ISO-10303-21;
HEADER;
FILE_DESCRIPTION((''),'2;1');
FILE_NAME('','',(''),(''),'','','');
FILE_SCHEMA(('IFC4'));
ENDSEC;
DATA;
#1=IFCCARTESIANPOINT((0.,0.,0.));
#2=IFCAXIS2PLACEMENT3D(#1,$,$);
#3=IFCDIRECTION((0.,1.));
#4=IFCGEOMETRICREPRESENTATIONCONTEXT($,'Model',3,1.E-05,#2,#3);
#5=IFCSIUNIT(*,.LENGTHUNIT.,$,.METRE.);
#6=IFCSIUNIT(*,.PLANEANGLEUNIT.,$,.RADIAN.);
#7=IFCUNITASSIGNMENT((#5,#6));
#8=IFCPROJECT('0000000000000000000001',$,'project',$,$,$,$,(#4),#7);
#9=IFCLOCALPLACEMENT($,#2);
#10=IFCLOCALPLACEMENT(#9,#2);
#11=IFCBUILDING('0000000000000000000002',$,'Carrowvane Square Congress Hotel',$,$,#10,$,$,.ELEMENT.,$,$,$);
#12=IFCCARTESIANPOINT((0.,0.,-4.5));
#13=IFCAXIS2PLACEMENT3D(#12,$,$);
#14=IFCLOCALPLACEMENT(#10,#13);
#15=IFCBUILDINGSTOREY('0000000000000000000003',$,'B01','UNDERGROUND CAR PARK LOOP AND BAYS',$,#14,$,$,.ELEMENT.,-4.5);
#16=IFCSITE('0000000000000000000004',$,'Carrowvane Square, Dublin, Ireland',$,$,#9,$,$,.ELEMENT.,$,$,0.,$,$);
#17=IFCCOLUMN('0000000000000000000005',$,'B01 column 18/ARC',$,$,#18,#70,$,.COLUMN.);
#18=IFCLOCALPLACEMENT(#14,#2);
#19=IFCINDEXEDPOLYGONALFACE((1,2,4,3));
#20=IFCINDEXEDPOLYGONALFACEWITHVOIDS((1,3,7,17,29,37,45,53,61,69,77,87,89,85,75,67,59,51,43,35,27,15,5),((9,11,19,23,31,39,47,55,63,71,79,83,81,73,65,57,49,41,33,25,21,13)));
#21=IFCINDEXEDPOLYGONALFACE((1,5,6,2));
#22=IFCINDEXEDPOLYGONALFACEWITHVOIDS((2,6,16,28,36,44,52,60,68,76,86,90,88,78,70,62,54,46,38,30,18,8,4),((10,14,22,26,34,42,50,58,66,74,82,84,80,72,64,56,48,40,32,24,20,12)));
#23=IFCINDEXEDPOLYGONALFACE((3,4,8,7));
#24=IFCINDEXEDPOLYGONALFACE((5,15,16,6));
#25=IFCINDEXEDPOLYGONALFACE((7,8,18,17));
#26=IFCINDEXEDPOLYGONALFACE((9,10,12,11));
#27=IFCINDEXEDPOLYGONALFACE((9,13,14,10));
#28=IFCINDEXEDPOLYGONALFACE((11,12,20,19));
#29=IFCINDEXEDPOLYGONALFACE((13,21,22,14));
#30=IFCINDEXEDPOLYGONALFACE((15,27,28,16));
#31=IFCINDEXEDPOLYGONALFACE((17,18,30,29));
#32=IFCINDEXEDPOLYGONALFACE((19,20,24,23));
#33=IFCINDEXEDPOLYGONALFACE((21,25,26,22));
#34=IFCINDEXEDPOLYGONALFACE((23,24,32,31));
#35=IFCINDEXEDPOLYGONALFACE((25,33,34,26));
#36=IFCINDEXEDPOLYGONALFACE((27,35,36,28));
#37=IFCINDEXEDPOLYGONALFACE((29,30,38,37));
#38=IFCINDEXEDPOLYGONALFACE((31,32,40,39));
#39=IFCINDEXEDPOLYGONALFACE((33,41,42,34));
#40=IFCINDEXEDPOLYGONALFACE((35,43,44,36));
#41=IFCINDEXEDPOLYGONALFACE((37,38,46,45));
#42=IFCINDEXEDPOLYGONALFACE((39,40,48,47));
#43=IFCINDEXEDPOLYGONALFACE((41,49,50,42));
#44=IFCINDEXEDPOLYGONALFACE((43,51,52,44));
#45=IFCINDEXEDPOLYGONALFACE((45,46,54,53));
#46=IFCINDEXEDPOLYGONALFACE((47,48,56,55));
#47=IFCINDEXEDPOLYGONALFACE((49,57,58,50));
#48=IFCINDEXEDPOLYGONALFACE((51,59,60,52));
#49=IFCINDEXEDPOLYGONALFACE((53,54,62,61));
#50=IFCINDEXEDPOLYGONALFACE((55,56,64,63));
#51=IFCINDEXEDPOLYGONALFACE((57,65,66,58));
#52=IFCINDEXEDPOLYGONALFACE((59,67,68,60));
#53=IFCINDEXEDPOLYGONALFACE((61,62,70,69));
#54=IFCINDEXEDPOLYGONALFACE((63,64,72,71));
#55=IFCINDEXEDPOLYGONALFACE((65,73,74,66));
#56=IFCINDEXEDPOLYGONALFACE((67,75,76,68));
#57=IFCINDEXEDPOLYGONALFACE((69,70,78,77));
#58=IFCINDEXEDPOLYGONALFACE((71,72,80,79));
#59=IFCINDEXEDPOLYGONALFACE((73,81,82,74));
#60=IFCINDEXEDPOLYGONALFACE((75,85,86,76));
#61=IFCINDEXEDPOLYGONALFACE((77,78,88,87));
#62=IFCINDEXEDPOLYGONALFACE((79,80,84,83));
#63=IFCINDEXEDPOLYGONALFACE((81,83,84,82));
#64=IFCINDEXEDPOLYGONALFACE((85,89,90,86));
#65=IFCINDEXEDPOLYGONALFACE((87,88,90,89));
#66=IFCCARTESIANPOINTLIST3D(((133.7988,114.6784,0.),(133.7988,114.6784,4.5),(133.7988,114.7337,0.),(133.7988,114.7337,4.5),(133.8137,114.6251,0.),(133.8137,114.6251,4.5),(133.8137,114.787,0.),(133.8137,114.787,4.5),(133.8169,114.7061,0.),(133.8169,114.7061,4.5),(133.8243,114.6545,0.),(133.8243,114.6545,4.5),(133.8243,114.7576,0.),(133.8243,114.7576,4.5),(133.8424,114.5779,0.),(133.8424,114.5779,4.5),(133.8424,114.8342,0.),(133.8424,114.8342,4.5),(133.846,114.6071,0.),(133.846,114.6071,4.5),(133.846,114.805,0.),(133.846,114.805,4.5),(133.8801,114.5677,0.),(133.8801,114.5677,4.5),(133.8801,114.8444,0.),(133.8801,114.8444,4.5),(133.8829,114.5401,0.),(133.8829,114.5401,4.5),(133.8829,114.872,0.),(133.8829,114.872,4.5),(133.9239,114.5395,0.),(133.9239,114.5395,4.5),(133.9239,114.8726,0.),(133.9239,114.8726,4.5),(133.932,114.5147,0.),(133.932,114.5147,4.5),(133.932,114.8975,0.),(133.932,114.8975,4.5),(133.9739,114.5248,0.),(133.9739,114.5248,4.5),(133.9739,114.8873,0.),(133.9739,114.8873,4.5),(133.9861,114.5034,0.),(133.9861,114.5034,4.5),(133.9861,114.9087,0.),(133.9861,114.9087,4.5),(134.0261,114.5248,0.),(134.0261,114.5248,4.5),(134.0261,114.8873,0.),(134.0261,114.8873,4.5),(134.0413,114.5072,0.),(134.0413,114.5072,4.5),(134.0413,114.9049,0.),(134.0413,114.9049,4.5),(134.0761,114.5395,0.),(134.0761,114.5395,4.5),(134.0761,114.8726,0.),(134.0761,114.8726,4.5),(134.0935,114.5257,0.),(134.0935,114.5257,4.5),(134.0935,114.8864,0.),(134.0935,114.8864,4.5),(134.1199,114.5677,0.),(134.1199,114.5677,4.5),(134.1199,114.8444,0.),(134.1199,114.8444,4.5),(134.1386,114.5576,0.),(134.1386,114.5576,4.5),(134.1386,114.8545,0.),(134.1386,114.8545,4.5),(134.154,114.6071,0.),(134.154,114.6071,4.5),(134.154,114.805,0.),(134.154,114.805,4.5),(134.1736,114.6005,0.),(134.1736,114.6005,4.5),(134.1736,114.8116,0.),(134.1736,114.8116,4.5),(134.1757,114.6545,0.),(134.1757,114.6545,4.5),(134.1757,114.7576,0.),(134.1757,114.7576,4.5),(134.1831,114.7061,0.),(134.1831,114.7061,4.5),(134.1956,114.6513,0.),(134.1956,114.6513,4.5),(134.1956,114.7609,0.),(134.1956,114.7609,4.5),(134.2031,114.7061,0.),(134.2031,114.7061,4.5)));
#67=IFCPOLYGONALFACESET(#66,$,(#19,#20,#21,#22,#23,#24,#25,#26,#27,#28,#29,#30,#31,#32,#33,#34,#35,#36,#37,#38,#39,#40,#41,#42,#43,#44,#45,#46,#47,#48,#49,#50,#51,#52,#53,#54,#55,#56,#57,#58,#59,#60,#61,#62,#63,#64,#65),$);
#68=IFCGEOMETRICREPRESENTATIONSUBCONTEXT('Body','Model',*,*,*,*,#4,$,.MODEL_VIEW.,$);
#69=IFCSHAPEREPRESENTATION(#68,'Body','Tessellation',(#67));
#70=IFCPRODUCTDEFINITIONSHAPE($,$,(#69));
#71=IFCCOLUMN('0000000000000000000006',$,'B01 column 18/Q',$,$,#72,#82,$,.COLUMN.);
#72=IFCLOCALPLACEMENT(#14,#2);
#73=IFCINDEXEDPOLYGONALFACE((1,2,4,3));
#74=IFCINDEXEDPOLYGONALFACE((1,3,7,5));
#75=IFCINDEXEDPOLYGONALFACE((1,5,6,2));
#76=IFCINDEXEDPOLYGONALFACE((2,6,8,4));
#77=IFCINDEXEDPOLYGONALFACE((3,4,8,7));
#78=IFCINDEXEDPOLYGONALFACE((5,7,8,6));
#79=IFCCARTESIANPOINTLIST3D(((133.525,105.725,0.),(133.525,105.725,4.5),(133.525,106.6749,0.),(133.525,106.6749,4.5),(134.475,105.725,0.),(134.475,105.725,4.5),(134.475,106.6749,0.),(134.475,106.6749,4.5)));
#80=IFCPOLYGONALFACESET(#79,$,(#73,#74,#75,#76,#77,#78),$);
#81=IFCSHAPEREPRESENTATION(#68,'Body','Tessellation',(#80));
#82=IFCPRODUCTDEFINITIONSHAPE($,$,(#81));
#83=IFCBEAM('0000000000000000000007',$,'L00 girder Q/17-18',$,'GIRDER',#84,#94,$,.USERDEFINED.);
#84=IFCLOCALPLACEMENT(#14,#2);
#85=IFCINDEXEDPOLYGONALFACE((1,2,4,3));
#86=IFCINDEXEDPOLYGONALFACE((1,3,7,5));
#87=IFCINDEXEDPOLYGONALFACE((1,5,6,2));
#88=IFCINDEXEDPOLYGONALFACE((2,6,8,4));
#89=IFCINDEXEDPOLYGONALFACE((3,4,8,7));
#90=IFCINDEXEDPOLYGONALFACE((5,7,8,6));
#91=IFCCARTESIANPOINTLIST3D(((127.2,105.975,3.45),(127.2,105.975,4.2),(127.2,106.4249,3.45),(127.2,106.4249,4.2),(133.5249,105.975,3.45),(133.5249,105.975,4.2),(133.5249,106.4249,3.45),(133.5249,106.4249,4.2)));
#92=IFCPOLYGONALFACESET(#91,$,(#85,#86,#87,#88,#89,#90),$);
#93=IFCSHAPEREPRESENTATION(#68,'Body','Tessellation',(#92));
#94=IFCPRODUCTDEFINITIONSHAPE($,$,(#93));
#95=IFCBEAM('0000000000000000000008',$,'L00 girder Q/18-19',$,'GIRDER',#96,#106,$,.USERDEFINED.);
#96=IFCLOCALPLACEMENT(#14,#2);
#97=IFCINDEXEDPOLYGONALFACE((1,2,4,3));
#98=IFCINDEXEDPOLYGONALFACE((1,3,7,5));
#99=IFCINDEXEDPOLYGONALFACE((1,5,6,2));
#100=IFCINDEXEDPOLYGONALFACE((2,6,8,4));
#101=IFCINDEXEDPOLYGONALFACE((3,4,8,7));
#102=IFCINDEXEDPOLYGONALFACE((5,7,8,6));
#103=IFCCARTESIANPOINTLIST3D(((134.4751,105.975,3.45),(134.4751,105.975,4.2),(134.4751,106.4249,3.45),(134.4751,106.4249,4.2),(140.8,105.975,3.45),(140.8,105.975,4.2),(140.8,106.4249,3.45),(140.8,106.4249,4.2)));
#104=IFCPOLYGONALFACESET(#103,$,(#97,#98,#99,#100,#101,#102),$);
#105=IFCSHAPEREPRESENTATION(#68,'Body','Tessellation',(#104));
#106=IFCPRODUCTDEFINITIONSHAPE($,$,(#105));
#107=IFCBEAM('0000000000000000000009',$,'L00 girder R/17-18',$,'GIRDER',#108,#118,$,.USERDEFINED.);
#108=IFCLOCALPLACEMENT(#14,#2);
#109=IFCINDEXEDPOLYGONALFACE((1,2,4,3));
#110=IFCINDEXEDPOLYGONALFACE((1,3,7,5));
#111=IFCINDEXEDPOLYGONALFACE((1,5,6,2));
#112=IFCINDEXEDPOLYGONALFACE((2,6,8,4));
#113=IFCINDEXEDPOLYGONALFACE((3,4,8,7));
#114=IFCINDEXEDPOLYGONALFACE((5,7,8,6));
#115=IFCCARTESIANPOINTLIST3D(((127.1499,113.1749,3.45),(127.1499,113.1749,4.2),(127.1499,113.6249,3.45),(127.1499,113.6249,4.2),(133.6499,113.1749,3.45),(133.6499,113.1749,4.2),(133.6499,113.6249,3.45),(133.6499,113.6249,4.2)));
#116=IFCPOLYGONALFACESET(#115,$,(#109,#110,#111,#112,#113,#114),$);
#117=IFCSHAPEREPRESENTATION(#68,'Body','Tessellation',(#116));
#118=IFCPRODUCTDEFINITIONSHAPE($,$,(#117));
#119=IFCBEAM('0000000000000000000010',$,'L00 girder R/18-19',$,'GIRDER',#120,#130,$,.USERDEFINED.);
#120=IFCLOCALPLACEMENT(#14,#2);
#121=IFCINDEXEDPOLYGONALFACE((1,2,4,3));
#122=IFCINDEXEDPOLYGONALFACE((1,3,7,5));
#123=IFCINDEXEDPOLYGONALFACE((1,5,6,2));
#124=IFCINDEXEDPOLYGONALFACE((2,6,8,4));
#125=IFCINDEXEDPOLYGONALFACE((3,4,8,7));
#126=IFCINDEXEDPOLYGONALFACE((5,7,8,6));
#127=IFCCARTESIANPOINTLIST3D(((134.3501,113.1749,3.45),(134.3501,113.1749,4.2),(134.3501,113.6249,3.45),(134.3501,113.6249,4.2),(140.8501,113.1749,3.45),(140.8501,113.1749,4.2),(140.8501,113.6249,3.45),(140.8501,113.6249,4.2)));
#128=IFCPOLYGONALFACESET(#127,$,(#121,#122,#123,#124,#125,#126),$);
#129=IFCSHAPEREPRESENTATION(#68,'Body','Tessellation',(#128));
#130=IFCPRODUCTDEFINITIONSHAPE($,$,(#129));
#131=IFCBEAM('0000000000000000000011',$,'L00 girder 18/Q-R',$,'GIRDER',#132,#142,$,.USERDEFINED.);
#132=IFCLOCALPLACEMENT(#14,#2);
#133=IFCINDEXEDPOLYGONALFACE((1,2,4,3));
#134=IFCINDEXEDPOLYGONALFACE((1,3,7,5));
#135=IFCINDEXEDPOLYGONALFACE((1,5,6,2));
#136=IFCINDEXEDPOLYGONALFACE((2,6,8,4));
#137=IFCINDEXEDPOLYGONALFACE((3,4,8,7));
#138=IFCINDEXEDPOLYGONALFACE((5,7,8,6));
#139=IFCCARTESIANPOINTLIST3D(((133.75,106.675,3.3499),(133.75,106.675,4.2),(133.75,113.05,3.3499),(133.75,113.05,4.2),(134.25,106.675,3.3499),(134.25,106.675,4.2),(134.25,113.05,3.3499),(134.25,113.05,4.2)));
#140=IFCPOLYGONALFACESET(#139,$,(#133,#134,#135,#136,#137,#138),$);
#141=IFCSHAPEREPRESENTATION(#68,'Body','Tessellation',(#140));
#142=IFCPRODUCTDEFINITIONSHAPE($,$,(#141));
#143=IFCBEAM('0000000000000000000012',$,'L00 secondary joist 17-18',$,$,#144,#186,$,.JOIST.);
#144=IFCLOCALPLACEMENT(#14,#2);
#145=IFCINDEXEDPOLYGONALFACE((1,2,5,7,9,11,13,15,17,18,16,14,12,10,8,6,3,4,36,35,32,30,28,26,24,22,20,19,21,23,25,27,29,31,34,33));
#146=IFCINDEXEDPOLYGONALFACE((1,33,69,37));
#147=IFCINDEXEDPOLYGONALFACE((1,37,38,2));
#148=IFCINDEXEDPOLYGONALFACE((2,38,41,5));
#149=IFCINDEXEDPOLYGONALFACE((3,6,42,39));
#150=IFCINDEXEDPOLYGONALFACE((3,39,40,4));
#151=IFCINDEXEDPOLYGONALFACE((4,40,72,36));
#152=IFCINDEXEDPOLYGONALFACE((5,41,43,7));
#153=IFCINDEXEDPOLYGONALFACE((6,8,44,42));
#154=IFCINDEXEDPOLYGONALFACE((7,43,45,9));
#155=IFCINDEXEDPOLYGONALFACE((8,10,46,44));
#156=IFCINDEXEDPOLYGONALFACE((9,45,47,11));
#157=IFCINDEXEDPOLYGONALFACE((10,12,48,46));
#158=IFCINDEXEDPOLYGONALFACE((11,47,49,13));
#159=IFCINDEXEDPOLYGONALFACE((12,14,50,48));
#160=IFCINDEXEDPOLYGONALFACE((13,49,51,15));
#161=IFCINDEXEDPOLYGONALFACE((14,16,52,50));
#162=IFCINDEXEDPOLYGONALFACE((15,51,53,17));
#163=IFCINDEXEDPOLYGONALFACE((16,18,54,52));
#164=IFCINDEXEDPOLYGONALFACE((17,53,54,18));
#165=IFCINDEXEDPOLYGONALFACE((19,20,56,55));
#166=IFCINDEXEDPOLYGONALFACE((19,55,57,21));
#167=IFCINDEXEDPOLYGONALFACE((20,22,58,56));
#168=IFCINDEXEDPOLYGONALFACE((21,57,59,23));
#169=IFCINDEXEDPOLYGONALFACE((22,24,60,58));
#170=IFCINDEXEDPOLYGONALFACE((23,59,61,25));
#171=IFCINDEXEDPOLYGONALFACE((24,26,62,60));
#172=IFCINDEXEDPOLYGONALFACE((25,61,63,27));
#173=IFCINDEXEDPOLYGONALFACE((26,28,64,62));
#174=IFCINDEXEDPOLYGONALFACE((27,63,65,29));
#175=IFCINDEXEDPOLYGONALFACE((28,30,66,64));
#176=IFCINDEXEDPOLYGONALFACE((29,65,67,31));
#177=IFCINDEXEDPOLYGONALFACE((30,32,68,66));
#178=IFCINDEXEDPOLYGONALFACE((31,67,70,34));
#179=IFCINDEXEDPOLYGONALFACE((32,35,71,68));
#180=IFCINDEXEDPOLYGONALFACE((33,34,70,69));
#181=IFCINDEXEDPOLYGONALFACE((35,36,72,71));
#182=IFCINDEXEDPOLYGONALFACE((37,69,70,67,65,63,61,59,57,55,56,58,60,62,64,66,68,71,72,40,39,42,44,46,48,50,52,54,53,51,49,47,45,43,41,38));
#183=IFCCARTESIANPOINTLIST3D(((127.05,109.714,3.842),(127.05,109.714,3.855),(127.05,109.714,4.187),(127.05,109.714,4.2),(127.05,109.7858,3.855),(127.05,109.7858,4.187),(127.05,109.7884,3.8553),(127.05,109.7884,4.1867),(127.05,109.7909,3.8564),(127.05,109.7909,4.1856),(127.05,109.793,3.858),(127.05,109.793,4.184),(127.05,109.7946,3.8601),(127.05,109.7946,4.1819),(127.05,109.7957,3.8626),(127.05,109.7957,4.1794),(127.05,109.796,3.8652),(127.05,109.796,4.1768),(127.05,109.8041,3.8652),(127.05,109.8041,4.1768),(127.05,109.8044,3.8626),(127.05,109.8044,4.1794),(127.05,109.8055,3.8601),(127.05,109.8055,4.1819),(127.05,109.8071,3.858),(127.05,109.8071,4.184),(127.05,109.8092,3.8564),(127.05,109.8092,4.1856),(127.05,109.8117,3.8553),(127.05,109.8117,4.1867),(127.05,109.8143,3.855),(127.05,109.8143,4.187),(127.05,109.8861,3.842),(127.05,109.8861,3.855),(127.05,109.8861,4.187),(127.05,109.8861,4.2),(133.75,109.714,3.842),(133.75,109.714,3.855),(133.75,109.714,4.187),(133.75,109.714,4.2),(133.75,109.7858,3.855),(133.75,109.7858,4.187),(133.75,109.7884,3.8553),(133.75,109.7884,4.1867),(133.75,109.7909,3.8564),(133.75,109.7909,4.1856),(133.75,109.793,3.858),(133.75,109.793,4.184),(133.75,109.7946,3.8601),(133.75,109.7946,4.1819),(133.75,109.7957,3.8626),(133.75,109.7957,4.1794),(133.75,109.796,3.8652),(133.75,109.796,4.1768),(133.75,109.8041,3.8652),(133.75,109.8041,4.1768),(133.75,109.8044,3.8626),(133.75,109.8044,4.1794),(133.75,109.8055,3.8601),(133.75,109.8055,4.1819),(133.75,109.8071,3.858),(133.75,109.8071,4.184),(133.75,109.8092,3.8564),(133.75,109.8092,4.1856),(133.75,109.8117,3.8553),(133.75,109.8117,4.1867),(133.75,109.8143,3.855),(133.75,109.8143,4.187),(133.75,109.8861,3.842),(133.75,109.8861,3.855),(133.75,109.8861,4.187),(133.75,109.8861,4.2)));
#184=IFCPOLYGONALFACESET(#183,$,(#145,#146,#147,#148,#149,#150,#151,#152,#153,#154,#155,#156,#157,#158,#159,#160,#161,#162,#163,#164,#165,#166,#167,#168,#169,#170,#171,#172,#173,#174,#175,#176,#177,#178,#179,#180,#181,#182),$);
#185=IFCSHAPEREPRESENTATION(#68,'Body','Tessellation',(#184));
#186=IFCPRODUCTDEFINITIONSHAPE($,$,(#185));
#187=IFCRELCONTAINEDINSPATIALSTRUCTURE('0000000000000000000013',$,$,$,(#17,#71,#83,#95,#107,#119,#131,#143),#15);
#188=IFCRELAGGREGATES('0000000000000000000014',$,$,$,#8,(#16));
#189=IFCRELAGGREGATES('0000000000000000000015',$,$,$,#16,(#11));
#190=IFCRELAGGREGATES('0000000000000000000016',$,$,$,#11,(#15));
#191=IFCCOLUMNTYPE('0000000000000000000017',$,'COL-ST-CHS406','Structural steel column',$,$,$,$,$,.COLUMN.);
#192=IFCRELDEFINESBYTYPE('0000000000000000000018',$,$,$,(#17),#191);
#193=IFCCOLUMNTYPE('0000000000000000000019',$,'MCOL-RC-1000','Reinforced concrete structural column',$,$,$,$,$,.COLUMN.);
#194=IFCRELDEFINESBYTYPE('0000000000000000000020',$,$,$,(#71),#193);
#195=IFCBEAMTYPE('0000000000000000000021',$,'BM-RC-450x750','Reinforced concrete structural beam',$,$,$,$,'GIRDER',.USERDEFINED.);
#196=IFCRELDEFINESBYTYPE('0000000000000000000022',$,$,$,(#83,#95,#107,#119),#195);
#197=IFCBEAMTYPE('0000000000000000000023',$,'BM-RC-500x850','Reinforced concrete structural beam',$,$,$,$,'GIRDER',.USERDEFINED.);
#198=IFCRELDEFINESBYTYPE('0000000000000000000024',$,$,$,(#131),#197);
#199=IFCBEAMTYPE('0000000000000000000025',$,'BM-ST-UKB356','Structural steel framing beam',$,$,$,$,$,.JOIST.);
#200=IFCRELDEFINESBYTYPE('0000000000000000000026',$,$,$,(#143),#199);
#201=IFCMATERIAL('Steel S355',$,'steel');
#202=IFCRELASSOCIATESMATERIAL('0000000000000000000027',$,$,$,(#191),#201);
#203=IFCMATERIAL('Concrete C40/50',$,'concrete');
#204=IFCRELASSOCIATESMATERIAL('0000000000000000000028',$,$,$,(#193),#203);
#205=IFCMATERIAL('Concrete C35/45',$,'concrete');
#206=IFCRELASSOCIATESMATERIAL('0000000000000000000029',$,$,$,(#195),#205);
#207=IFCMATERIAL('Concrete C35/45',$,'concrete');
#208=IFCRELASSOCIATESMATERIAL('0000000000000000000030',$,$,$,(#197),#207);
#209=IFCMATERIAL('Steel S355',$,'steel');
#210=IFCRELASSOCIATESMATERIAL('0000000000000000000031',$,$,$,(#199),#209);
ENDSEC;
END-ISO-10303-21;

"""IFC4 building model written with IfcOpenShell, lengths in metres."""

from ifc_helpers import new_model, si_unit, direction, frame, origin, origin_2d, place, context, subcontext, project, spatial, rectangle, hollow_circle, i_section, extrude, material, material_profile, profile_set, type_object, element, save


model = new_model("IFC4")

# Units and contexts
model_context = context("Model", 3, precision=1e-05, world=origin(), true_north=direction((0.0, 1.0)))
body_context = subcontext(model_context, "Body", "Model", "MODEL_VIEW")
ifc_project = project(units=[si_unit("LENGTHUNIT", "METRE"), si_unit("PLANEANGLEUNIT", "RADIAN")], contexts=[model_context])

# Site, building, storey
site_placement = place(None, origin())
site = spatial("IfcSite", under=ifc_project, at=site_placement, Name="Carrowvane Square, Dublin, Ireland", CompositionType="ELEMENT", RefElevation=0.0)
building_placement = place(site_placement, origin())
building = spatial("IfcBuilding", under=site, at=building_placement, Name="Carrowvane Square Congress Hotel", CompositionType="ELEMENT")
storey_placement = place(building_placement, frame((0.0, 0.0, -4.5)))
storey = spatial("IfcBuildingStorey", under=building, at=storey_placement, Name="B01", Description="UNDERGROUND CAR PARK LOOP AND BAYS", CompositionType="ELEMENT", Elevation=-4.5)

# Columns
ifc_material_1 = material(Name="Steel S355", Category="steel")
ifc_material_profile_1 = material_profile(ifc_material_1, hollow_circle(Radius=0.2031, WallThickness=0.02, at=origin_2d()), Name="CHS 406.4x20")
ifc_profile_set_1 = profile_set([ifc_material_profile_1], Name="Steel S355")
column_type_1 = type_object("IfcColumnType", Name="COL-ST-CHS406", Description="Structural steel column", PredefinedType="COLUMN", material=ifc_profile_set_1)
column_1_placement = place(storey_placement, frame((134.0, 114.7061, 0.0), z_axis=(0.0, 0.0, 1.0), x_axis=(1.0, 0.0, 0.0)))
element("IfcColumn", 1, at=column_1_placement, inside=storey, type_object=column_type_1, Name="B01 column 18/ARC", PredefinedType="COLUMN", context=body_context, shape_type="SweptSolid", body=[
    extrude(hollow_circle(Radius=0.2031, WallThickness=0.02, at=origin_2d()), origin(), (0.0, 0.0, 1.0), 4.5),
])
ifc_material_2 = material(Name="Concrete C40/50", Category="concrete")
ifc_material_profile_2 = material_profile(ifc_material_2, rectangle(XDim=0.95, YDim=0.95, at=origin_2d()), Name="RC 950x950")
ifc_profile_set_2 = profile_set([ifc_material_profile_2], Name="Concrete C40/50")
column_type_2 = type_object("IfcColumnType", Name="MCOL-RC-1000", Description="Reinforced concrete structural column", PredefinedType="COLUMN", material=ifc_profile_set_2)
column_2_placement = place(storey_placement, frame((134.0, 106.2, 0.0), z_axis=(0.0, 0.0, 1.0), x_axis=(1.0, 0.0, 0.0)))
element("IfcColumn", 2, at=column_2_placement, inside=storey, type_object=column_type_2, Name="B01 column 18/Q", PredefinedType="COLUMN", context=body_context, shape_type="SweptSolid", body=[
    extrude(rectangle(XDim=0.95, YDim=0.95, at=origin_2d()), origin(), (0.0, 0.0, 1.0), 4.5),
])

# Beams
ifc_material_3 = material(Name="Concrete C35/45", Category="concrete")
ifc_material_profile_3 = material_profile(ifc_material_3, rectangle(XDim=0.45, YDim=0.75, at=origin_2d()), Name="RC 450x750")
ifc_profile_set_3 = profile_set([ifc_material_profile_3], Name="Concrete C35/45")
beam_type_1 = type_object("IfcBeamType", Name="BM-RC-450x750", Description="Reinforced concrete structural beam", ElementType="GIRDER", PredefinedType="USERDEFINED", material=ifc_profile_set_3)
for number, where, z_axis, x_axis, name in (
    (3, (127.2, 106.2, 3.825), (1.0, 0.0, 0.0), (0.0, 1.0, 0.0), "L00 girder Q/17-18"),
    (4, (134.4751, 106.2, 3.825), (1.0, 0.0, 0.0), (0.0, 1.0, 0.0), "L00 girder Q/18-19"),
):
    element("IfcBeam", number, at=place(storey_placement, frame(where, z_axis=z_axis, x_axis=x_axis)), inside=storey, type_object=beam_type_1, Name=name, ObjectType="GIRDER", PredefinedType="USERDEFINED", context=body_context, shape_type="SweptSolid", body=[
        extrude(rectangle(XDim=0.45, YDim=0.75, at=origin_2d()), origin(), (0.0, 0.0, 1.0), 6.325),
    ])
for number, where, z_axis, x_axis, name in (
    (5, (127.1499, 113.3999, 3.825), (1.0, 0.0, 0.0), (0.0, 1.0, 0.0), "L00 girder R/17-18"),
    (6, (134.3501, 113.3999, 3.825), (1.0, 0.0, 0.0), (0.0, 1.0, 0.0), "L00 girder R/18-19"),
):
    element("IfcBeam", number, at=place(storey_placement, frame(where, z_axis=z_axis, x_axis=x_axis)), inside=storey, type_object=beam_type_1, Name=name, ObjectType="GIRDER", PredefinedType="USERDEFINED", context=body_context, shape_type="SweptSolid", body=[
        extrude(rectangle(XDim=0.45, YDim=0.75, at=origin_2d()), origin(), (0.0, 0.0, 1.0), 6.5),
    ])
ifc_material_4 = material(Name="Concrete C35/45", Category="concrete")
ifc_material_profile_4 = material_profile(ifc_material_4, rectangle(XDim=0.5, YDim=0.8501, at=origin_2d()), Name="RC 500x850")
ifc_profile_set_4 = profile_set([ifc_material_profile_4], Name="Concrete C35/45")
beam_type_2 = type_object("IfcBeamType", Name="BM-RC-500x850", Description="Reinforced concrete structural beam", ElementType="GIRDER", PredefinedType="USERDEFINED", material=ifc_profile_set_4)
beam_1_placement = place(storey_placement, frame((134.0, 106.675, 3.7749), z_axis=(0.0, 1.0, 0.0), x_axis=(-1.0, 0.0, 0.0)))
element("IfcBeam", 7, at=beam_1_placement, inside=storey, type_object=beam_type_2, Name="L00 girder 18/Q-R", ObjectType="GIRDER", PredefinedType="USERDEFINED", context=body_context, shape_type="SweptSolid", body=[
    extrude(rectangle(XDim=0.5, YDim=0.8501, at=origin_2d()), origin(), (0.0, 0.0, 1.0), 6.375),
])
ifc_material_5 = material(Name="Steel S355", Category="steel")
ifc_material_profile_5 = material_profile(ifc_material_5, i_section(OverallWidth=0.1721, OverallDepth=0.3579, WebThickness=0.0081, FlangeThickness=0.0129, FilletRadius=0.0103, at=origin_2d()), Name="UKB 356x171x57")
ifc_profile_set_5 = profile_set([ifc_material_profile_5], Name="Steel S355")
beam_type_3 = type_object("IfcBeamType", Name="BM-ST-UKB356", Description="Structural steel framing beam", PredefinedType="JOIST", material=ifc_profile_set_5)
for number, where, z_axis, x_axis, name in (
    (8, (127.05, 109.8, 4.021), (1.0, 0.0, 0.0), (0.0, 1.0, 0.0), "L00 secondary joist 17-18"),
):
    element("IfcBeam", number, at=place(storey_placement, frame(where, z_axis=z_axis, x_axis=x_axis)), inside=storey, type_object=beam_type_3, Name=name, PredefinedType="JOIST", context=body_context, shape_type="SweptSolid", body=[
        extrude(i_section(OverallWidth=0.1721, OverallDepth=0.3579, WebThickness=0.0081, FlangeThickness=0.0129, FilletRadius=0.0103, at=origin_2d()), origin(), (0.0, 0.0, 1.0), 6.7),
    ])

save(model, "model.ifc")
